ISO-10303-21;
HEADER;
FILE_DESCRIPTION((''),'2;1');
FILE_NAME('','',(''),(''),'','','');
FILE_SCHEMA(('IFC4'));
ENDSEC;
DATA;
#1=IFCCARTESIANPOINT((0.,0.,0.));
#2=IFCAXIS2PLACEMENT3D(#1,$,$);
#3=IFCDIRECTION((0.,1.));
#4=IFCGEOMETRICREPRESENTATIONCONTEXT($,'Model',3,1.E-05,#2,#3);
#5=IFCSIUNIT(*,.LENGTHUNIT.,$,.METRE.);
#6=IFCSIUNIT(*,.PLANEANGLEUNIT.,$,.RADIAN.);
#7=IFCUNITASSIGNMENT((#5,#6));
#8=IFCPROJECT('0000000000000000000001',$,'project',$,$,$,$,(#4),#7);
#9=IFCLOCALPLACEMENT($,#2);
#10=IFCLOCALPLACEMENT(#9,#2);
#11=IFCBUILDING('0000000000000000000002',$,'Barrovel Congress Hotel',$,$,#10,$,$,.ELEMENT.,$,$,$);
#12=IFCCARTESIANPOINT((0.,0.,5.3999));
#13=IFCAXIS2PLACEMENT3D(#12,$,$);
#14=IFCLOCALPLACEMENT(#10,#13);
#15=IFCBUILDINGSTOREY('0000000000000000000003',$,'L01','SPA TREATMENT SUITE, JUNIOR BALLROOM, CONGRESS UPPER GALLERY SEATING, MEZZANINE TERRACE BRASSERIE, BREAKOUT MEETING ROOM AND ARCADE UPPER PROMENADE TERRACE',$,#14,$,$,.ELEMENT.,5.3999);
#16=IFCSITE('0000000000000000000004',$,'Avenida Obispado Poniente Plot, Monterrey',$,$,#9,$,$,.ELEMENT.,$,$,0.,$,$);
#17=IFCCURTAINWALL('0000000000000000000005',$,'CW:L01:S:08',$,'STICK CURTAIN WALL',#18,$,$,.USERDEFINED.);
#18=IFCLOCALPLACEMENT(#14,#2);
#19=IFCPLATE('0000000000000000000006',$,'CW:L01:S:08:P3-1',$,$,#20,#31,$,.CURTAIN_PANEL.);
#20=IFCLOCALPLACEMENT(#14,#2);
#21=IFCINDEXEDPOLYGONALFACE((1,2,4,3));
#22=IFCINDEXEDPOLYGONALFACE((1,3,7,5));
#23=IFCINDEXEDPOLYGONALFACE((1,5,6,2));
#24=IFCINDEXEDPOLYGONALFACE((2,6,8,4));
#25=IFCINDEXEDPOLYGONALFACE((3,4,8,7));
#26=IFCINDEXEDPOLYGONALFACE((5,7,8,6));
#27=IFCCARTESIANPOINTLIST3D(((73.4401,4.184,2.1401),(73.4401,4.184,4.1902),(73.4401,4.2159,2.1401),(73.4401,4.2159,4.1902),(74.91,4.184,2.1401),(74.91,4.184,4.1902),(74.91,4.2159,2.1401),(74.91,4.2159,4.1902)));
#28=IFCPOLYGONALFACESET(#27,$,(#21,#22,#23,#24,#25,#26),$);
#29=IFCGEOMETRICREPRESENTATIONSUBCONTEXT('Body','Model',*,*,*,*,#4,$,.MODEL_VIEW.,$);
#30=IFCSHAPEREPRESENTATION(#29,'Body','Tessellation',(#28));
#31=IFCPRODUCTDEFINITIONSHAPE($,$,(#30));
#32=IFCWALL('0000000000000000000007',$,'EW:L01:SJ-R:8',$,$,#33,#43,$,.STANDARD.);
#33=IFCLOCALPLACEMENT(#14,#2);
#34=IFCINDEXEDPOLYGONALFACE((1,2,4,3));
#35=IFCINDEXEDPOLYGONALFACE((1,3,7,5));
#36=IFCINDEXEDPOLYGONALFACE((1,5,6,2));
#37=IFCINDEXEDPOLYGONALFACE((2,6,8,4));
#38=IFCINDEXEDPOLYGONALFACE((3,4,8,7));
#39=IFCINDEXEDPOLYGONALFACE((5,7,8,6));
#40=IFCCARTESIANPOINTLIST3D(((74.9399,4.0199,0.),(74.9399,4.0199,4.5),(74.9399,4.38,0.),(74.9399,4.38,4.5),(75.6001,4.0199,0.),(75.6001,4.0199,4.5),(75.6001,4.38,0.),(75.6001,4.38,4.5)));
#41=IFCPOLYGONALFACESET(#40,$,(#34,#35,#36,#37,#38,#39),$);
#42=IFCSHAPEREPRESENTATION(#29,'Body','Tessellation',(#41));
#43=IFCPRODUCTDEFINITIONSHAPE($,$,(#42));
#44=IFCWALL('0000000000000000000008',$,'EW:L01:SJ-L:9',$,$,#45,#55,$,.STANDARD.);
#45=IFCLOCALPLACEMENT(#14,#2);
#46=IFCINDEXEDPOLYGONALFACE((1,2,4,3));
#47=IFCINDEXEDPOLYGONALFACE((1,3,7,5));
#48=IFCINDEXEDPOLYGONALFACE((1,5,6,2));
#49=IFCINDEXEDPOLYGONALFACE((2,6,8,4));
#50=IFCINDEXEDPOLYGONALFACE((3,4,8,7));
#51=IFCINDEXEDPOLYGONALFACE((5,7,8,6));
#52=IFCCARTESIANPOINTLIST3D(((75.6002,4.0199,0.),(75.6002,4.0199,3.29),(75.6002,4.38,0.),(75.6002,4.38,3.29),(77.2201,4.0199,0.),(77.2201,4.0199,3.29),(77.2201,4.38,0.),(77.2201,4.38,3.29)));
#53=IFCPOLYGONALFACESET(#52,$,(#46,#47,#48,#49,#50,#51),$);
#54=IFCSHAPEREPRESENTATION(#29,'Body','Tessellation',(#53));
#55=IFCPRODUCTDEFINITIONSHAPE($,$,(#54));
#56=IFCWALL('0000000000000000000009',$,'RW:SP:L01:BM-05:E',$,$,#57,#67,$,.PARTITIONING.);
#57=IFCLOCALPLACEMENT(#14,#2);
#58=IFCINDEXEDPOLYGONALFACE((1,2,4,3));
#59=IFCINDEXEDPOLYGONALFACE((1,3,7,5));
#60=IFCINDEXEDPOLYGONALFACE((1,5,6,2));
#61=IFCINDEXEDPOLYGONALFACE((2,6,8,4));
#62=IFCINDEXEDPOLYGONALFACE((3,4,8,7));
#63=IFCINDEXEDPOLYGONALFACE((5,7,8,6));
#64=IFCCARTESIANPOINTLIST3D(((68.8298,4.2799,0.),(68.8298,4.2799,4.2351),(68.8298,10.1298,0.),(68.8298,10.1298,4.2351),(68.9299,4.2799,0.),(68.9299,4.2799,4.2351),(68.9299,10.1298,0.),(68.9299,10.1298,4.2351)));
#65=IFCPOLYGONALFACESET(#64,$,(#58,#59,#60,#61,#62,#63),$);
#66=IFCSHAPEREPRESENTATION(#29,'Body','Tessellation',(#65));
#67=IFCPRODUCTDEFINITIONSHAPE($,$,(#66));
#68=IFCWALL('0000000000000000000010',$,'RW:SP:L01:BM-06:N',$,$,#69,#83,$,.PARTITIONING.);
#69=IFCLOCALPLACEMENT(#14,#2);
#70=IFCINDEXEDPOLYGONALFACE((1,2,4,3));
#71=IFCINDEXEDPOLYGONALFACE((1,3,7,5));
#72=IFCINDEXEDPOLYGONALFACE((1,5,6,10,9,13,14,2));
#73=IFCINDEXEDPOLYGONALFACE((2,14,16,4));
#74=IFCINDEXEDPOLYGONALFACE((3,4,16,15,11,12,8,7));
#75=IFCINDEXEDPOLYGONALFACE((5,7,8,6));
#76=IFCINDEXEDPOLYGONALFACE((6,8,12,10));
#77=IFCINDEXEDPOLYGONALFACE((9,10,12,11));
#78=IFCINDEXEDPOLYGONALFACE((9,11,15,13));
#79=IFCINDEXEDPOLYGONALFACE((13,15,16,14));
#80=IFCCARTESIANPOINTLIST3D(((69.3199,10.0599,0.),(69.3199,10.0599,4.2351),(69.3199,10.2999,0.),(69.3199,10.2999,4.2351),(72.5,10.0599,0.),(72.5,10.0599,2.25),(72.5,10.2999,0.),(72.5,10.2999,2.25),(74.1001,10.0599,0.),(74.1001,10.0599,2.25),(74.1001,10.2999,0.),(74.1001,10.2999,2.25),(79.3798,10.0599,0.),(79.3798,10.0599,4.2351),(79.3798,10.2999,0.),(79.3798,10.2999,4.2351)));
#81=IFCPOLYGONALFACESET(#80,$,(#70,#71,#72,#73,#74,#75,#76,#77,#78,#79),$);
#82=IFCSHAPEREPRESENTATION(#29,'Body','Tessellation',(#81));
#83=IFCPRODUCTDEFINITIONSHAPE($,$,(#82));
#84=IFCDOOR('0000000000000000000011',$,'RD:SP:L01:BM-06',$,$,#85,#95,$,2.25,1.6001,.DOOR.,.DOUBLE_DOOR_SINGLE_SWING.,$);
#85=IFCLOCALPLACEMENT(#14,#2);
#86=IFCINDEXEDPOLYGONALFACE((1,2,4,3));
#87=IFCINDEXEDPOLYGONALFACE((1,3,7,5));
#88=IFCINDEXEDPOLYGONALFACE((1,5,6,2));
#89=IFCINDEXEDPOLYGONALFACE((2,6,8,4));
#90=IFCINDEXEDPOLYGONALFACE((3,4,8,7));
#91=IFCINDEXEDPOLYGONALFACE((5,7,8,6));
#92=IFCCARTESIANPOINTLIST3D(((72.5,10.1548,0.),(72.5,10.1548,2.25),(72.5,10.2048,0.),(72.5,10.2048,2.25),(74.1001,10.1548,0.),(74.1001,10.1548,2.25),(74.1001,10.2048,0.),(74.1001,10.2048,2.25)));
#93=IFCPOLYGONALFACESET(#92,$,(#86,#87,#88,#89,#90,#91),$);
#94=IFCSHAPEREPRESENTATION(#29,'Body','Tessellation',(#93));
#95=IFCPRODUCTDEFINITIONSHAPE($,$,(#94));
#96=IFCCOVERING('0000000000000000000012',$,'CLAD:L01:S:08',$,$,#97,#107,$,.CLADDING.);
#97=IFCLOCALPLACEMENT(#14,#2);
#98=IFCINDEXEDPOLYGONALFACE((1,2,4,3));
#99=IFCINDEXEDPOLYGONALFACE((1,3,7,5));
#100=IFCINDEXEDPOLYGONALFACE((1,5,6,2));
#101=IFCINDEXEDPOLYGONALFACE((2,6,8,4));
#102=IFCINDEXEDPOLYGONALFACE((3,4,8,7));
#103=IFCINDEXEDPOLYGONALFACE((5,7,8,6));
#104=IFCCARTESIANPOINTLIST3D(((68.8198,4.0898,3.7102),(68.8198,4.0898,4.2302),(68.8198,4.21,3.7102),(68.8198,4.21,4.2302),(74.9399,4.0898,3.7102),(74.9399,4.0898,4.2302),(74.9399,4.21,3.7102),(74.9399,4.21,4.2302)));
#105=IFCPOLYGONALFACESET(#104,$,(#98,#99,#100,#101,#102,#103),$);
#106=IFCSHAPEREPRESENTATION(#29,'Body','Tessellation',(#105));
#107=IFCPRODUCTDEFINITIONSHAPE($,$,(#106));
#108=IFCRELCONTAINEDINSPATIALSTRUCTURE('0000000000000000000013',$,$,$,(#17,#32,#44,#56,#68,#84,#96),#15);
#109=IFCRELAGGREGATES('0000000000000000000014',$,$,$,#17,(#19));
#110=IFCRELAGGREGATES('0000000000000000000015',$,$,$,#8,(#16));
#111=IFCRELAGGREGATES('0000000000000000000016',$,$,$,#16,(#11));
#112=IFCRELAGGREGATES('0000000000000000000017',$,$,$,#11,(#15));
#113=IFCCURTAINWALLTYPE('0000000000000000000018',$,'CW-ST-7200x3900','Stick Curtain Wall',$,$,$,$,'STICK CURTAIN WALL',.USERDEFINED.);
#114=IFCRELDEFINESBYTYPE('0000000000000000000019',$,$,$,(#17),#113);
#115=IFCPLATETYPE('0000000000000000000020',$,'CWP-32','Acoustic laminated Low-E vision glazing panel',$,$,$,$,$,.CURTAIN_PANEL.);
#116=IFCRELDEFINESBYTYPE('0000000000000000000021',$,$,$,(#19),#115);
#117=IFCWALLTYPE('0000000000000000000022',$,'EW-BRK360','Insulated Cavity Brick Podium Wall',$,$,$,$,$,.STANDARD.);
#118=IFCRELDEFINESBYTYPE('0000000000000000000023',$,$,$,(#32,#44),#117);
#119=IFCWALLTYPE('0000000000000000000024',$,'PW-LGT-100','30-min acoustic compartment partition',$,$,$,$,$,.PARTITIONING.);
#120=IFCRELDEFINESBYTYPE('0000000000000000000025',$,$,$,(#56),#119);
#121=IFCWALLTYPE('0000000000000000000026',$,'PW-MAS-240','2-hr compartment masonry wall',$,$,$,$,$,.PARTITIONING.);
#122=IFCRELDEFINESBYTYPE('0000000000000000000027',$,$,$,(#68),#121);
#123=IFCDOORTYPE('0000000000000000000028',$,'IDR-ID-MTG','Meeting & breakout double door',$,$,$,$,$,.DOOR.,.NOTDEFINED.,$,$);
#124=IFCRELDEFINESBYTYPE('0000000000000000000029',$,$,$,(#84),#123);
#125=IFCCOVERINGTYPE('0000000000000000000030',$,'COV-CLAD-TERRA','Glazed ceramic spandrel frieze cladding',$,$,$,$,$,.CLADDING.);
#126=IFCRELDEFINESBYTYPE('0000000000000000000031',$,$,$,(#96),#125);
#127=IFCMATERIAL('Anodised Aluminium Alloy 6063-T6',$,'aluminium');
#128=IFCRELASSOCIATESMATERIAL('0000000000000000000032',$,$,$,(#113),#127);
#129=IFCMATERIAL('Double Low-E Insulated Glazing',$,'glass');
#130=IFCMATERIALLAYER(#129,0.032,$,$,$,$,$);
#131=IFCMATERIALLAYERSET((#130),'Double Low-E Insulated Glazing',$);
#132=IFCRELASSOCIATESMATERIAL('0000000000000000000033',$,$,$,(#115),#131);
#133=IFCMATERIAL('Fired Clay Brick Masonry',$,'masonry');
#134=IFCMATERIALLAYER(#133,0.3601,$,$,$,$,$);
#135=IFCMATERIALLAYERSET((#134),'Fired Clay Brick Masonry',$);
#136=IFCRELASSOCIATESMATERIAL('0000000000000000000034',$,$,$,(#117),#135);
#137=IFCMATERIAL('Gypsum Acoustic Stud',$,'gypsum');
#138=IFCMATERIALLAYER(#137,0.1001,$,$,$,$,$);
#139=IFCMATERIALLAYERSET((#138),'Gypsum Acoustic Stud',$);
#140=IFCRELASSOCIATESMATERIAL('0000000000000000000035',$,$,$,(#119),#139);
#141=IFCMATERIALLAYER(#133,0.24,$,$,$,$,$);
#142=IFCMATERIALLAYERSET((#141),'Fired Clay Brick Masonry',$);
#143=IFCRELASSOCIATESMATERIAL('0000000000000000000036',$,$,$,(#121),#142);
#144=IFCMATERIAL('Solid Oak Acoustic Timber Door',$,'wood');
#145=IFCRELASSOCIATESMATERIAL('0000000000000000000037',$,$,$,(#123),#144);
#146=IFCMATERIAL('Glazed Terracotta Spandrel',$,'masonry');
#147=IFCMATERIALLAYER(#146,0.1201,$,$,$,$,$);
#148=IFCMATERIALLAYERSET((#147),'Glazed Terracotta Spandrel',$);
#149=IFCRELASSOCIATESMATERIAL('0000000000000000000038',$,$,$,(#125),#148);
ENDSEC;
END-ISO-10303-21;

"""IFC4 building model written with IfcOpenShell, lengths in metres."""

from ifc_helpers import new_model, si_unit, direction, frame, frame_2d, origin, origin_2d, place, context, subcontext, project, spatial, rectangle, extrude, material, layer, layer_set, type_object, element, fill, aggregate, save


model = new_model("IFC4")

# Units and contexts
model_context = context("Model", 3, precision=1e-05, world=origin(), true_north=direction((0.0, 1.0)))
body_context = subcontext(model_context, "Body", "Model", "MODEL_VIEW")
ifc_project = project(units=[si_unit("LENGTHUNIT", "METRE"), si_unit("PLANEANGLEUNIT", "RADIAN")], contexts=[model_context])

# Site, building, storey
site_placement = place(None, origin())
site = spatial("IfcSite", under=ifc_project, at=site_placement, Name="Avenida Obispado Poniente Plot, Monterrey", CompositionType="ELEMENT", RefElevation=0.0)
building_placement = place(site_placement, origin())
building = spatial("IfcBuilding", under=site, at=building_placement, Name="Barrovel Congress Hotel", CompositionType="ELEMENT")
storey_placement = place(building_placement, frame((0.0, 0.0, 5.3999)))
storey = spatial("IfcBuildingStorey", under=building, at=storey_placement, Name="L01", Description="SPA TREATMENT SUITE, JUNIOR BALLROOM, CONGRESS UPPER GALLERY SEATING, MEZZANINE TERRACE BRASSERIE, BREAKOUT MEETING ROOM AND ARCADE UPPER PROMENADE TERRACE", CompositionType="ELEMENT", Elevation=5.3999)

# Curtain wall
ifc_material_1 = material(Name="Anodised Aluminium Alloy 6063-T6", Category="aluminium")
curtain_wall_type = type_object("IfcCurtainWallType", Name="CW-ST-7200x3900", Description="Stick Curtain Wall", ElementType="STICK CURTAIN WALL", PredefinedType="USERDEFINED", material=ifc_material_1)
curtain_wall_1_placement = place(storey_placement, origin())
curtain_wall_1 = element("IfcCurtainWall", 1, at=curtain_wall_1_placement, inside=storey, type_object=curtain_wall_type, Name="CW:L01:S:08", ObjectType="STICK CURTAIN WALL", PredefinedType="USERDEFINED")

# Plate
ifc_material_2 = material(Name="Double Low-E Insulated Glazing", Category="glass")
ifc_layer_1 = layer(ifc_material_2, 0.032)
ifc_layer_set_1 = layer_set([ifc_layer_1], Name="Double Low-E Insulated Glazing")
plate_type = type_object("IfcPlateType", Name="CWP-32", Description="Acoustic laminated Low-E vision glazing panel", PredefinedType="CURTAIN_PANEL", material=ifc_layer_set_1)
plate_1_placement = place(storey_placement, frame((74.175, 4.2, 2.1401), z_axis=(0.0, 0.0, 1.0), x_axis=(1.0, 0.0, 0.0)))
plate_1 = element("IfcPlate", 2, at=plate_1_placement, type_object=plate_type, Name="CW:L01:S:08:P3-1", PredefinedType="CURTAIN_PANEL", context=body_context, shape_type="SweptSolid", body=[
    extrude(rectangle(XDim=1.47, YDim=0.032, at=origin_2d()), origin(), (0.0, 0.0, 1.0), 2.05),
])
aggregate(curtain_wall_1, [plate_1])

# Walls
ifc_material_3 = material(Name="Fired Clay Brick Masonry", Category="masonry")
ifc_layer_2 = layer(ifc_material_3, 0.3601)
ifc_layer_set_2 = layer_set([ifc_layer_2], Name="Fired Clay Brick Masonry")
wall_type_1 = type_object("IfcWallType", Name="EW-BRK360", Description="Insulated Cavity Brick Podium Wall", PredefinedType="STANDARD", material=ifc_layer_set_2)
wall_1_placement = place(storey_placement, frame((74.9399, 4.2, 0.0), z_axis=(0.0, 0.0, 1.0), x_axis=(1.0, 0.0, 0.0)))
element("IfcWall", 3, at=wall_1_placement, inside=storey, type_object=wall_type_1, Name="EW:L01:SJ-R:8", PredefinedType="STANDARD", context=body_context, shape_type="SweptSolid", body=[
    extrude(rectangle(XDim=0.6602, YDim=0.3601, at=frame_2d((0.3301, 0.0))), origin(), (0.0, 0.0, 1.0), 4.5),
])
wall_2_placement = place(storey_placement, frame((75.6001, 4.2, 0.0), z_axis=(0.0, 0.0, 1.0), x_axis=(1.0, 0.0, 0.0)))
element("IfcWall", 4, at=wall_2_placement, inside=storey, type_object=wall_type_1, Name="EW:L01:SJ-L:9", PredefinedType="STANDARD", context=body_context, shape_type="SweptSolid", body=[
    extrude(rectangle(XDim=1.6199, YDim=0.3601, at=frame_2d((0.8101, 0.0))), origin(), (0.0, 0.0, 1.0), 3.29),
])
ifc_material_4 = material(Name="Gypsum Acoustic Stud", Category="gypsum")
ifc_layer_3 = layer(ifc_material_4, 0.1001)
ifc_layer_set_3 = layer_set([ifc_layer_3], Name="Gypsum Acoustic Stud")
wall_type_2 = type_object("IfcWallType", Name="PW-LGT-100", Description="30-min acoustic compartment partition", PredefinedType="PARTITIONING", material=ifc_layer_set_3)
wall_3_placement = place(storey_placement, frame((68.8799, 4.28, 0.0), z_axis=(0.0, 0.0, 1.0), x_axis=(0.0, 1.0, 0.0)))
element("IfcWall", 5, at=wall_3_placement, inside=storey, type_object=wall_type_2, Name="RW:SP:L01:BM-05:E", PredefinedType="PARTITIONING", context=body_context, shape_type="SweptSolid", body=[
    extrude(rectangle(XDim=5.8499, YDim=0.1001, at=frame_2d((2.9248, 0.0))), origin(), (0.0, 0.0, 1.0), 4.2351),
])

# Wall, opening, door
ifc_layer_4 = layer(ifc_material_3, 0.24)
ifc_layer_set_4 = layer_set([ifc_layer_4], Name="Fired Clay Brick Masonry")
wall_type_3 = type_object("IfcWallType", Name="PW-MAS-240", Description="2-hr compartment masonry wall", PredefinedType="PARTITIONING", material=ifc_layer_set_4)
wall_4_placement = place(storey_placement, frame((69.3201, 10.1799, 0.0), z_axis=(0.0, 0.0, 1.0), x_axis=(1.0, 0.0, 0.0)))
wall_4 = element("IfcWall", 6, at=wall_4_placement, inside=storey, type_object=wall_type_3, Name="RW:SP:L01:BM-06:N", PredefinedType="PARTITIONING", context=body_context, shape_type="SweptSolid", body=[
    extrude(rectangle(XDim=10.0598, YDim=0.24, at=frame_2d((5.0298, 0.0))), origin(), (0.0, 0.0, 1.0), 4.2351),
])
opening_1_placement = place(wall_4_placement, frame((3.1799, 0.0, 0.0)))
opening_1 = element("IfcOpeningElement", 7, at=opening_1_placement, cuts=wall_4, PredefinedType="OPENING", context=body_context, shape_type="SweptSolid", body=[
    extrude(rectangle(XDim=1.6001, YDim=2.25, at=frame_2d((0.8, 1.125))), frame((0.0, 0.1299, 0.0), z_axis=(0.0, -1.0, 0.0), x_axis=(1.0, 0.0, 0.0)), (0.0, 0.0, 1.0), 0.26),
])
ifc_material_5 = material(Name="Solid Oak Acoustic Timber Door", Category="wood")
door_type_1 = type_object("IfcDoorType", Name="IDR-ID-MTG", Description="Meeting & breakout double door", OperationType="NOTDEFINED", PredefinedType="DOOR", material=ifc_material_5)
door_1_placement = place(opening_1_placement, origin())
door_1 = element("IfcDoor", 8, at=door_1_placement, inside=storey, type_object=door_type_1, Name="RD:SP:L01:BM-06", OperationType="DOUBLE_DOOR_SINGLE_SWING", OverallHeight=2.25, OverallWidth=1.6001, PredefinedType="DOOR", context=body_context, shape_type="SweptSolid", body=[
    extrude(rectangle(XDim=1.6001, YDim=2.25, at=frame_2d((0.8, 1.125))), frame((0.0, 0.0249, 0.0), z_axis=(0.0, -1.0, 0.0), x_axis=(1.0, 0.0, 0.0)), (0.0, 0.0, 1.0), 0.05),
])
fill(opening_1, door_1)

# Covering
ifc_material_6 = material(Name="Glazed Terracotta Spandrel", Category="masonry")
ifc_layer_5 = layer(ifc_material_6, 0.1201)
ifc_layer_set_5 = layer_set([ifc_layer_5], Name="Glazed Terracotta Spandrel")
covering_type = type_object("IfcCoveringType", Name="COV-CLAD-TERRA", Description="Glazed ceramic spandrel frieze cladding", PredefinedType="CLADDING", material=ifc_layer_set_5)
covering_placement = place(storey_placement, frame((71.8799, 4.1499, 3.7102), z_axis=(0.0, 0.0, 1.0), x_axis=(1.0, 0.0, 0.0)))
element("IfcCovering", 9, at=covering_placement, inside=storey, type_object=covering_type, Name="CLAD:L01:S:08", PredefinedType="CLADDING", context=body_context, shape_type="SweptSolid", body=[
    extrude(rectangle(XDim=6.1201, YDim=0.1201, at=origin_2d()), origin(), (0.0, 0.0, 1.0), 0.52),
])

save(model, "model.ifc")
